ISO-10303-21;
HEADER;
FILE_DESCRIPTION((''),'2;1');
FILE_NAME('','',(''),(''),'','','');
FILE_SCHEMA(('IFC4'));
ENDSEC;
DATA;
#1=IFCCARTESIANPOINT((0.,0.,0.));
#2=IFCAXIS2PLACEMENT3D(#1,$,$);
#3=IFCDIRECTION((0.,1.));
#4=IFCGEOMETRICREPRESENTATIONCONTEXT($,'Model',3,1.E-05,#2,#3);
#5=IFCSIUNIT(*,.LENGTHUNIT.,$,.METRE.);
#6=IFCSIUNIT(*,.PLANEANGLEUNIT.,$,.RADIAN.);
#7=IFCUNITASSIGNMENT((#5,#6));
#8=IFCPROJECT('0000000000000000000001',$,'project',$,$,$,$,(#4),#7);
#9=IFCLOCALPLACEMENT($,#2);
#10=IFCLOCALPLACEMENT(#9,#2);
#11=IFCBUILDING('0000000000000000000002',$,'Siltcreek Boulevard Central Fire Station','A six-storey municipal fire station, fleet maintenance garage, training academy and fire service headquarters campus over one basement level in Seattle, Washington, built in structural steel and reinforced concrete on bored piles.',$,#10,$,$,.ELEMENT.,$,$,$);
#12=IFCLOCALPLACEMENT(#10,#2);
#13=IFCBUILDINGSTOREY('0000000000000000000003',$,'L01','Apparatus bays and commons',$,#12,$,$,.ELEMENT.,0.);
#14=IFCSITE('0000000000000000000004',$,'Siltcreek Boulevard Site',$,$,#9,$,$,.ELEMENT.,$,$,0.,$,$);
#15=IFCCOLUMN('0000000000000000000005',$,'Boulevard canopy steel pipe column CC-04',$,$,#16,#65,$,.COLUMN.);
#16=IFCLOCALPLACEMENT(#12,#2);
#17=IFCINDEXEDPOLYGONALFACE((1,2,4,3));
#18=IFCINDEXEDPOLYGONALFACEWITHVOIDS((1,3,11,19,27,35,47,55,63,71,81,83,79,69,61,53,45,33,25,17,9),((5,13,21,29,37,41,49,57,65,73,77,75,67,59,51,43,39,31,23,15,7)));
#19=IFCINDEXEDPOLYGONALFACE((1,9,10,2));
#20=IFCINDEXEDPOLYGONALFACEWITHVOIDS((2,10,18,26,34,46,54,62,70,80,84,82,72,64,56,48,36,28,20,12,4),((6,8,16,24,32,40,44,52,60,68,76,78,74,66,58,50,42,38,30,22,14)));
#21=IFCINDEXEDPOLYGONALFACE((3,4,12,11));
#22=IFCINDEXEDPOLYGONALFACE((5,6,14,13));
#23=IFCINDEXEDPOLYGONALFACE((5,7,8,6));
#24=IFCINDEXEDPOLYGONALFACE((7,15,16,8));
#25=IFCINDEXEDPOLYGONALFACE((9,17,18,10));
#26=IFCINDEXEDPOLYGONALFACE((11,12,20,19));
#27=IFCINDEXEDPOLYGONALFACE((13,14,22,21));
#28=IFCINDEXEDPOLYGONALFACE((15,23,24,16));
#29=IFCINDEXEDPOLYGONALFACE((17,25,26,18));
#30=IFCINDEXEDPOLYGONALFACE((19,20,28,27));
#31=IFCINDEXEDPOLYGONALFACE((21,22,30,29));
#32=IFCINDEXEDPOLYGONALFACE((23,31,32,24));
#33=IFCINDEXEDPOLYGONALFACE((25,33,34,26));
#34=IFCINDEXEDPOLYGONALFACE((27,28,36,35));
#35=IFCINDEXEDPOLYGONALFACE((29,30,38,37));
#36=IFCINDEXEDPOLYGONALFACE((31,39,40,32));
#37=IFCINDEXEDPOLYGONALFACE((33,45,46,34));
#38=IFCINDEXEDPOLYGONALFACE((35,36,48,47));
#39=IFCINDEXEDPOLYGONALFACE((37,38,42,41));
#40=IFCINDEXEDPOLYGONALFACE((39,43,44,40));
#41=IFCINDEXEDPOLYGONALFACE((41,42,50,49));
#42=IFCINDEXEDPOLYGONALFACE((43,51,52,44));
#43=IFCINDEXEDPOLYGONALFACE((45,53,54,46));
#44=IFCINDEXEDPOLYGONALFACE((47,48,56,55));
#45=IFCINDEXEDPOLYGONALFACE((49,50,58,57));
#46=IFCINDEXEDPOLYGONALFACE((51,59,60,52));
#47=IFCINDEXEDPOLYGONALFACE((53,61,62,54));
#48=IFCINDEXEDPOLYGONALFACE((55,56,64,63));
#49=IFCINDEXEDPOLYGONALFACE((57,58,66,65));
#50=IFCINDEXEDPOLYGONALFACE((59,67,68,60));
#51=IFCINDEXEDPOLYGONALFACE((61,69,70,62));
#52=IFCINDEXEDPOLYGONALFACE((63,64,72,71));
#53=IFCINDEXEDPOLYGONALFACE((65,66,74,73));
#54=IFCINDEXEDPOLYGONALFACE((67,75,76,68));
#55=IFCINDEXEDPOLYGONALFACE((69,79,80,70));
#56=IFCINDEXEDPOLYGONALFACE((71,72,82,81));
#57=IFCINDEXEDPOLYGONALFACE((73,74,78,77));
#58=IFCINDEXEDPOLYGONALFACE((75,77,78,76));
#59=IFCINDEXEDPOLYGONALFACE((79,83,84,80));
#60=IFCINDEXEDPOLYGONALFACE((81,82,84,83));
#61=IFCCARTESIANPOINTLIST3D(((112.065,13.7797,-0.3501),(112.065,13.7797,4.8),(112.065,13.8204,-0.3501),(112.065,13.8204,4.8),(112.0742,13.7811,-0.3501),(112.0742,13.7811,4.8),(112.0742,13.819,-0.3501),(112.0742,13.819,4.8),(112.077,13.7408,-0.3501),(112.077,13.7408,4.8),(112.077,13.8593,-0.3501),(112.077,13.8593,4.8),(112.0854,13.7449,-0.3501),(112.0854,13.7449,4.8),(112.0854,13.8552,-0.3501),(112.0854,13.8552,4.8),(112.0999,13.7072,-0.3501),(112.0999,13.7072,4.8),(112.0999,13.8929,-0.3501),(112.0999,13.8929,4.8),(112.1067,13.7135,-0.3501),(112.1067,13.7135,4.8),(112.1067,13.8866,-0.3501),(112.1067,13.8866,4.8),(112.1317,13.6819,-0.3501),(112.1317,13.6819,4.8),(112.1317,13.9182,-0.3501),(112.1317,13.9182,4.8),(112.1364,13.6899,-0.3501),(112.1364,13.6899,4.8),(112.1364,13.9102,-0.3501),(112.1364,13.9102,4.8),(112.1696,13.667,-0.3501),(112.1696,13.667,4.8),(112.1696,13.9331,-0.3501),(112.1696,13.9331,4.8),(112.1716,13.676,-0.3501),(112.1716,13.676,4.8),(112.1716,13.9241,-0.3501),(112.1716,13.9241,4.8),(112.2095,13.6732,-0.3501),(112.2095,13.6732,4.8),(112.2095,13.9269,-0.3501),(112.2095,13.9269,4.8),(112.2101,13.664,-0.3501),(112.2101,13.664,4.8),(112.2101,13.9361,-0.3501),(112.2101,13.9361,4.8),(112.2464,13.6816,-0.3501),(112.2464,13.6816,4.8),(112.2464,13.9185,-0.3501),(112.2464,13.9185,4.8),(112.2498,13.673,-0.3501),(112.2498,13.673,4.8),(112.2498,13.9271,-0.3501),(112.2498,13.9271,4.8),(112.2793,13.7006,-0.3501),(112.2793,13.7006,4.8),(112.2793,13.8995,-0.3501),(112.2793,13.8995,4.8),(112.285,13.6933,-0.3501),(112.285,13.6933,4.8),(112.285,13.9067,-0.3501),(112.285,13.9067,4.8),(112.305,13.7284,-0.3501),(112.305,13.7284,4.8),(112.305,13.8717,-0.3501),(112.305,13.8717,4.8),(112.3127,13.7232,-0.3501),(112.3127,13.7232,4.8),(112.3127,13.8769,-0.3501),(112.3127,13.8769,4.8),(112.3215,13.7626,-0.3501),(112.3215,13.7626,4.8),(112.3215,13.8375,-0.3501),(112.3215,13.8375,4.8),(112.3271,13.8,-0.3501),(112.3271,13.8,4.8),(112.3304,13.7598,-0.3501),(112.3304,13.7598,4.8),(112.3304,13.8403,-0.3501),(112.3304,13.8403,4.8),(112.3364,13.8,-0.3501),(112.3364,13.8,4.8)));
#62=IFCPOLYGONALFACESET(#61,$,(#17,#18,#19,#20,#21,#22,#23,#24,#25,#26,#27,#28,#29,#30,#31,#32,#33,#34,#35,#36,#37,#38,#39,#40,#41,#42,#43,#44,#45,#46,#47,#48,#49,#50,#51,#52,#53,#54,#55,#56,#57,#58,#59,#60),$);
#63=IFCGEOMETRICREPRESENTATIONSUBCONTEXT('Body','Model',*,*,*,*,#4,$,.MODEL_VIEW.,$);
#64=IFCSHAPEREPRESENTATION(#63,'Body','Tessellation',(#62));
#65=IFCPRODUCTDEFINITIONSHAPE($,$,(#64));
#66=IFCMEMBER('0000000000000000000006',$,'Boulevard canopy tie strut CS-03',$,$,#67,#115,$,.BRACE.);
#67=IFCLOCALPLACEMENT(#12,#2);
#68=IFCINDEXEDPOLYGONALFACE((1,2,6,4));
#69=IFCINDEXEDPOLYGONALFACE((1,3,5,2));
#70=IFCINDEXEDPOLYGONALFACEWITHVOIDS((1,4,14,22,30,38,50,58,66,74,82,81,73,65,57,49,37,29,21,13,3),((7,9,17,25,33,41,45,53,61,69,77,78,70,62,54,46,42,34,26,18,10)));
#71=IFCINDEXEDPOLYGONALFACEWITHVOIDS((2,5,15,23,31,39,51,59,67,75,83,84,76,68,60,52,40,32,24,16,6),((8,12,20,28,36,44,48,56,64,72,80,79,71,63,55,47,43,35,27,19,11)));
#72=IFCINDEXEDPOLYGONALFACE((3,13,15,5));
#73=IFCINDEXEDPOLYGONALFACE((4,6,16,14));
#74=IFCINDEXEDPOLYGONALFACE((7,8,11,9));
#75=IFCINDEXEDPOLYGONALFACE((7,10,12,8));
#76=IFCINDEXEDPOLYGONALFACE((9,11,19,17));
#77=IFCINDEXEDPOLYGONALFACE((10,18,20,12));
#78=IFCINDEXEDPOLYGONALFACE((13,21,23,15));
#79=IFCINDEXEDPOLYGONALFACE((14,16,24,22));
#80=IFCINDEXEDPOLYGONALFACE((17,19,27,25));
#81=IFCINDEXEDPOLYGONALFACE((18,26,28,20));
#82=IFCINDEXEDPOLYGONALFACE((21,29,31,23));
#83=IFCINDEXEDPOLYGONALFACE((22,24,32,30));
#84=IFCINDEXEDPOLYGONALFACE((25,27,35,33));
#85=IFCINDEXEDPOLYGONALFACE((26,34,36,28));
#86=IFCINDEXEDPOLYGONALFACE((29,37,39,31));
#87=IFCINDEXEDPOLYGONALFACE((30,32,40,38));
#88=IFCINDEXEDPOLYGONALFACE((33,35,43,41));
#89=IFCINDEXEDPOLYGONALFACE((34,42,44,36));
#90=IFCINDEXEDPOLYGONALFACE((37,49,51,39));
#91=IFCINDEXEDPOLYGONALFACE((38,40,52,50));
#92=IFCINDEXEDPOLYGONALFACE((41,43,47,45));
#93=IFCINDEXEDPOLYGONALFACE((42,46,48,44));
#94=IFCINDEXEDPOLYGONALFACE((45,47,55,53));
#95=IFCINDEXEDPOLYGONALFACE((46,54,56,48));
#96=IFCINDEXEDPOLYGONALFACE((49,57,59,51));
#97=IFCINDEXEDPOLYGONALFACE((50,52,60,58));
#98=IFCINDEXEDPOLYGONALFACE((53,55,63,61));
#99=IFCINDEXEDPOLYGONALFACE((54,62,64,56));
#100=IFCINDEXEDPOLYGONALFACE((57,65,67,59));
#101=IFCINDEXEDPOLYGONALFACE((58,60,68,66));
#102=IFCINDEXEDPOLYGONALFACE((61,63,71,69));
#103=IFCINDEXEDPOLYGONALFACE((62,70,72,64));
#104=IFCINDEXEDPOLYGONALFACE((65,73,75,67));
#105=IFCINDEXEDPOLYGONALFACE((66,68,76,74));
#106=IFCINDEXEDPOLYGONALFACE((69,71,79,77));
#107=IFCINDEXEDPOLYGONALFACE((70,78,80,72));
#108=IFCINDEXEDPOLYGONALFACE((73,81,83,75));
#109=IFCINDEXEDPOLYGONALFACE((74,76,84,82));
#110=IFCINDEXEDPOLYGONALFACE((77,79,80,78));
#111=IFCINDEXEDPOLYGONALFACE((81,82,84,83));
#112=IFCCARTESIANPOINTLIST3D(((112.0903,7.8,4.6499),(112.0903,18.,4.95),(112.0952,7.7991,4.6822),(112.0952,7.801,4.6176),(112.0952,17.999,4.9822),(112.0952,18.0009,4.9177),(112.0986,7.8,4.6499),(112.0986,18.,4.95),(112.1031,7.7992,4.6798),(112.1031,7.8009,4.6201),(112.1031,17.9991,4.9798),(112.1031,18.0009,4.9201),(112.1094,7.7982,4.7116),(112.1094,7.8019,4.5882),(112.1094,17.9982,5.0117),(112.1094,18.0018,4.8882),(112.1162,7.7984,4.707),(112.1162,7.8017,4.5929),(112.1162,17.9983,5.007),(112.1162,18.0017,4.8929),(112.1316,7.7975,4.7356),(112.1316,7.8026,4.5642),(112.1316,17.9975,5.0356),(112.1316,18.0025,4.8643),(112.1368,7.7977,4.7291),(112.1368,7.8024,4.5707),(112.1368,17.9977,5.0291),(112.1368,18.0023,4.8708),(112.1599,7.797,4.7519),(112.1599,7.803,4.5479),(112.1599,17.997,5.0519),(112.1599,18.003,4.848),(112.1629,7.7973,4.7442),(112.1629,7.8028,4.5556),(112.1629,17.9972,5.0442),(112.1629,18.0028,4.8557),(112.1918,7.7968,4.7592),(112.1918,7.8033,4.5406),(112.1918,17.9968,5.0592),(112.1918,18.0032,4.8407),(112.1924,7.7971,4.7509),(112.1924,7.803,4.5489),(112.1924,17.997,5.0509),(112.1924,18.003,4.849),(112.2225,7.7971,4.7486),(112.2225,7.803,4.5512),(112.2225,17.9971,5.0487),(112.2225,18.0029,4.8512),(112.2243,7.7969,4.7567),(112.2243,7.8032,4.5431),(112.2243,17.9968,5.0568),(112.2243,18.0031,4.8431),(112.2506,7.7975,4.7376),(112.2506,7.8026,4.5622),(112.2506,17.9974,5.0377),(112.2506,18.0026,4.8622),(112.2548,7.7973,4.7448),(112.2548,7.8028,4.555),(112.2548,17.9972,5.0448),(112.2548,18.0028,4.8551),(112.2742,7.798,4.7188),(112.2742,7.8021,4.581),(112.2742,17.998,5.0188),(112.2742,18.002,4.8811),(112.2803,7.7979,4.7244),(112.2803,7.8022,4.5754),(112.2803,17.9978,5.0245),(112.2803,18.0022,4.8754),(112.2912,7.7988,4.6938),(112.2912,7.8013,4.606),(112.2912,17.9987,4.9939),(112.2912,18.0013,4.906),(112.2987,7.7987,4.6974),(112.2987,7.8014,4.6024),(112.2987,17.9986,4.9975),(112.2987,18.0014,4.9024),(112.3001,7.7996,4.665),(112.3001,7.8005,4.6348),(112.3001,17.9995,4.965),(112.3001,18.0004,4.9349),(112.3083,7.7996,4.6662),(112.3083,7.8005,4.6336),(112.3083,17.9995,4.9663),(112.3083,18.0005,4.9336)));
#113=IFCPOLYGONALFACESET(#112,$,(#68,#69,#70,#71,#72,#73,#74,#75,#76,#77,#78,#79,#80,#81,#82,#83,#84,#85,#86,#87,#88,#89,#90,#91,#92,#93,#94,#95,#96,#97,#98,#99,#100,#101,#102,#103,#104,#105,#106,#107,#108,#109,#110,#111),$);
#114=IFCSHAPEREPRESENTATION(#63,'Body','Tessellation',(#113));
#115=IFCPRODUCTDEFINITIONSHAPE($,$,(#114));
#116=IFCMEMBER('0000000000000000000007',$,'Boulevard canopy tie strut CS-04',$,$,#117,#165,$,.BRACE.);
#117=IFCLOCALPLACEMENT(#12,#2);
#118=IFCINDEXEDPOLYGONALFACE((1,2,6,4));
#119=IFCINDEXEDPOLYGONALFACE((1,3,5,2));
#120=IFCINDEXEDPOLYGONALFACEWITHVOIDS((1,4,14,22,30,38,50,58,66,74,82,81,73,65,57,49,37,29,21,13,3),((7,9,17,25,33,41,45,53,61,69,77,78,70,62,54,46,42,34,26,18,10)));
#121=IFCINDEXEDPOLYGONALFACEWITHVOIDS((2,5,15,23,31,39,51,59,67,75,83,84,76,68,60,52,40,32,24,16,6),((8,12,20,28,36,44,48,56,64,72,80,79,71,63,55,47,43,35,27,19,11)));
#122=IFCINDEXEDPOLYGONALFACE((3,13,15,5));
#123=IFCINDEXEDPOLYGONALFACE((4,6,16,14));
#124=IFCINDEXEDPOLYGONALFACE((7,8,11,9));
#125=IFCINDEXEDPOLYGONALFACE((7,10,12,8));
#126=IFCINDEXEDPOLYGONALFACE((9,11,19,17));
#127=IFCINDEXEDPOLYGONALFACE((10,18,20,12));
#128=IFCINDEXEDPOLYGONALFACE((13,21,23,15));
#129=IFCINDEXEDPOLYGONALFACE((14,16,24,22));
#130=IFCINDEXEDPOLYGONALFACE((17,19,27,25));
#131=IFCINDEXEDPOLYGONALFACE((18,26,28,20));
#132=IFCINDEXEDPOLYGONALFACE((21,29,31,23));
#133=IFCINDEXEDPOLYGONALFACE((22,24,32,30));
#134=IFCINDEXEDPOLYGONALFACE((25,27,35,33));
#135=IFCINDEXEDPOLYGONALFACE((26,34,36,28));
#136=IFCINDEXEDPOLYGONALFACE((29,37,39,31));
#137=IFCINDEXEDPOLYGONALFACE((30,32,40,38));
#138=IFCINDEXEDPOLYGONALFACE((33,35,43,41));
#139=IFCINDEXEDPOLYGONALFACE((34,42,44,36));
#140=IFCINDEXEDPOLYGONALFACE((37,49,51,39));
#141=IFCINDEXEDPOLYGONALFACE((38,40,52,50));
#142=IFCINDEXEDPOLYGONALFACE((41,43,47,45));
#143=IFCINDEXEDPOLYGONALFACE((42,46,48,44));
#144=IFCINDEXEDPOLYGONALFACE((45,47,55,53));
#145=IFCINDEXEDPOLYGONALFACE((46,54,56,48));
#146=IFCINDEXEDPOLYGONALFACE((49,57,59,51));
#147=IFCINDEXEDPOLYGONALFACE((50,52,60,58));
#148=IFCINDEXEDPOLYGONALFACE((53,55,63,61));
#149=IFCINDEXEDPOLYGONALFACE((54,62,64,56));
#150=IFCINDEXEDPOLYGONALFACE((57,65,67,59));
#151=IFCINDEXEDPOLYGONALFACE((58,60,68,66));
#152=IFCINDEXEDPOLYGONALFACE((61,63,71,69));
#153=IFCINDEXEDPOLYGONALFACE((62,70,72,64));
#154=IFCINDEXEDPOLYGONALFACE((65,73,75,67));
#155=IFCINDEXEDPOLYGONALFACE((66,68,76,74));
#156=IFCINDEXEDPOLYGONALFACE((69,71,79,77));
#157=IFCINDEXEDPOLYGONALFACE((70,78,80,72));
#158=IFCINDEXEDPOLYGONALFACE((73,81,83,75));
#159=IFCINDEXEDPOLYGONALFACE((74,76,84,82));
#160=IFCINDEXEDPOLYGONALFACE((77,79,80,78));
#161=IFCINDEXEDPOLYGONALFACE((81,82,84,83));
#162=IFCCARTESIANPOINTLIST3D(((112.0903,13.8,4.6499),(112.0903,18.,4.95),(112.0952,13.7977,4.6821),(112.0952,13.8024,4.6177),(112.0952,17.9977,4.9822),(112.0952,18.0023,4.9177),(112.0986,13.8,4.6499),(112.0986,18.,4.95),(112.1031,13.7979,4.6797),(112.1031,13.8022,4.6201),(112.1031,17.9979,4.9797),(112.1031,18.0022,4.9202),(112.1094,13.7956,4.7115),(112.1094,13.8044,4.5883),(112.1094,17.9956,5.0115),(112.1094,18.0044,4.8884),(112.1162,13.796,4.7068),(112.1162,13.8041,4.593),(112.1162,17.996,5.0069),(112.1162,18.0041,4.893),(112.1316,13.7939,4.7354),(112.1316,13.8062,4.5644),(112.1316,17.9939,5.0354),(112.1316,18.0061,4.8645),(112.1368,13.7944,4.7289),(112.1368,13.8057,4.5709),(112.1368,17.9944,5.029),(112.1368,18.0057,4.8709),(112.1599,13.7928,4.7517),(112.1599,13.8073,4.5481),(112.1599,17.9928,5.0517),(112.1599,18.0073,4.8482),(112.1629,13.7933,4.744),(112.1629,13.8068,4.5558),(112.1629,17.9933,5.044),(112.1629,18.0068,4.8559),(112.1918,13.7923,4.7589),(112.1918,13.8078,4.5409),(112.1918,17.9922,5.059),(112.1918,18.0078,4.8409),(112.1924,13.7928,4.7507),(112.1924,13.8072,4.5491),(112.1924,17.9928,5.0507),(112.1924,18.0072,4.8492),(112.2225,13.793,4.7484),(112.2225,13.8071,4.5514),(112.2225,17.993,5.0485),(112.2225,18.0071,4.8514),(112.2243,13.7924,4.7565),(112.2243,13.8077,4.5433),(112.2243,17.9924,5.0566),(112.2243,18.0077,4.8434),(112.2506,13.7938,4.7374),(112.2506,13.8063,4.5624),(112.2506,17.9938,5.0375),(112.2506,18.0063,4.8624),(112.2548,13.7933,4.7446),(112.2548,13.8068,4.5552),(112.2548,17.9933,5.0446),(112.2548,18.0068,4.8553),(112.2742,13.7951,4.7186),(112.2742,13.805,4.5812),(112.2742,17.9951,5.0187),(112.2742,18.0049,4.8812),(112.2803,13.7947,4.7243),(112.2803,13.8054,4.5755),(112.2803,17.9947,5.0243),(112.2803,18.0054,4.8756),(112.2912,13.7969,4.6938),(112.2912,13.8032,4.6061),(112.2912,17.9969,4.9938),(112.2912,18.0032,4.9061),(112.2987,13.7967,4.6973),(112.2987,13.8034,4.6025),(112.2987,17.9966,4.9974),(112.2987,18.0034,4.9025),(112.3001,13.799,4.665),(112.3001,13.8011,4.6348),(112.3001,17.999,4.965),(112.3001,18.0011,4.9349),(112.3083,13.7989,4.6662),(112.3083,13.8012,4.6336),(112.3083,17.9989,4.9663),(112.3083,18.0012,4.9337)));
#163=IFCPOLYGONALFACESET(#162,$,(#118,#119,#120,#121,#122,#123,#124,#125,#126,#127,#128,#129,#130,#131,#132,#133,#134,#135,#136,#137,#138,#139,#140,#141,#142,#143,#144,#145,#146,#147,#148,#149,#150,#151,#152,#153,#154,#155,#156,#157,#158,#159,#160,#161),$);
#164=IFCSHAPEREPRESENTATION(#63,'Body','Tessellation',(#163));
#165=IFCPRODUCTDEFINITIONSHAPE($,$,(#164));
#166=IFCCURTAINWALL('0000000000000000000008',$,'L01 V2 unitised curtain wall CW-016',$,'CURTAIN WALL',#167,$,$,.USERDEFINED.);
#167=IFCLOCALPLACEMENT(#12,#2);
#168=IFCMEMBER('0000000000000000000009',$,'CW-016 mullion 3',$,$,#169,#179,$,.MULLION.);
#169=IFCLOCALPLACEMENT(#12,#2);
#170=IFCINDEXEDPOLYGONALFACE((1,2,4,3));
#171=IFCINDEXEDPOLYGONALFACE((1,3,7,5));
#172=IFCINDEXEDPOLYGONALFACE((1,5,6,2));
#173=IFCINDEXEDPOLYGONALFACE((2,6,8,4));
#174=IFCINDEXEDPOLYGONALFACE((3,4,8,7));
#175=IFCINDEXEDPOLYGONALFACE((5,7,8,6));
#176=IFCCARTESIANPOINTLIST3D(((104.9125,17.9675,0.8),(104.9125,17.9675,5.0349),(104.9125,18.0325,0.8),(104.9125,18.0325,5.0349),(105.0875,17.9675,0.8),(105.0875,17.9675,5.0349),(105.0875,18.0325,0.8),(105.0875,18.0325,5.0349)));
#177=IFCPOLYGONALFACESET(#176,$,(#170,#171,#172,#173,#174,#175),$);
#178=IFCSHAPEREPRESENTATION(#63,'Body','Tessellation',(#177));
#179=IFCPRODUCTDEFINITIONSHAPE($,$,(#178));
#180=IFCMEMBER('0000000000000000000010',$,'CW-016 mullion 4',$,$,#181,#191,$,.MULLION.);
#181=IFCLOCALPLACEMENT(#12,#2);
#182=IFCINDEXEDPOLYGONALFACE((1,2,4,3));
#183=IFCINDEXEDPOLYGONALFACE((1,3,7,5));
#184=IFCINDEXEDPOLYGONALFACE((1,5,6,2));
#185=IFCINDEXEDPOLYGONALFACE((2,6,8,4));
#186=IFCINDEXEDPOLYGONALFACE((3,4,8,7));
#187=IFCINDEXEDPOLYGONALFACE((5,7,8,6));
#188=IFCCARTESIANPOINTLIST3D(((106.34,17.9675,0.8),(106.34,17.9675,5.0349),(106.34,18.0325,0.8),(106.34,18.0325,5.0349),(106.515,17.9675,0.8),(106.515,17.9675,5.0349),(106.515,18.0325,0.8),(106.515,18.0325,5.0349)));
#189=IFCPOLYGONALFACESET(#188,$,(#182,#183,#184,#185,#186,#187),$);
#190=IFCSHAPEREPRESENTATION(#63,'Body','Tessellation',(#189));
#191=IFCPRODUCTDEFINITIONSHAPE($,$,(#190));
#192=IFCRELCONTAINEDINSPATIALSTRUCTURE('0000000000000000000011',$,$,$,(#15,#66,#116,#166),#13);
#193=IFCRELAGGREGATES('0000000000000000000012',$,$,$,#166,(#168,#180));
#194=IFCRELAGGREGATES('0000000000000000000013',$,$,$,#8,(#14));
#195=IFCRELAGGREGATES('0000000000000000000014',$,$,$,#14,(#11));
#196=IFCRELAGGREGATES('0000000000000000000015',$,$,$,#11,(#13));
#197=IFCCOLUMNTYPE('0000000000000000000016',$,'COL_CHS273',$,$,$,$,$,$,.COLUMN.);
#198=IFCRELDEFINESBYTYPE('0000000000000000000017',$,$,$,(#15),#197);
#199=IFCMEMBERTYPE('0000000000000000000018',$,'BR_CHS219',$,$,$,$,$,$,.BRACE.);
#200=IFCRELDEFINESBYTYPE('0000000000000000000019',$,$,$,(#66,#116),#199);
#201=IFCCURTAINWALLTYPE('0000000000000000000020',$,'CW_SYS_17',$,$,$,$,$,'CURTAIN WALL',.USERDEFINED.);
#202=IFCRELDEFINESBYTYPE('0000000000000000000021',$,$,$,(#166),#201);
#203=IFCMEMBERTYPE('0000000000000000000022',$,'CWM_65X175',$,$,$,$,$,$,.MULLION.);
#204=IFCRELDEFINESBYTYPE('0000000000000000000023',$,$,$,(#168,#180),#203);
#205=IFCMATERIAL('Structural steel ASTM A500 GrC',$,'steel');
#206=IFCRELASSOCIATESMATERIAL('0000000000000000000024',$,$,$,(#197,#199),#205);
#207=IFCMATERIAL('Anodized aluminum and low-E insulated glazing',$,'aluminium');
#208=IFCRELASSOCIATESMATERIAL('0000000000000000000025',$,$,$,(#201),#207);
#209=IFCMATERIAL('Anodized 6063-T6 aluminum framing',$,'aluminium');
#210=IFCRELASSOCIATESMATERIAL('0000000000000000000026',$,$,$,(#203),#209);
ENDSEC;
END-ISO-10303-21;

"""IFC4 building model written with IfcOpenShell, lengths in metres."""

from ifc_helpers import new_model, si_unit, direction, frame, origin, origin_2d, place, context, subcontext, project, spatial, rectangle, hollow_circle, extrude, material, material_profile, profile_set, type_object, element, aggregate, save


model = new_model("IFC4")

# Units and contexts
model_context = context("Model", 3, precision=1e-05, world=origin(), true_north=direction((0.0, 1.0)))
body_context = subcontext(model_context, "Body", "Model", "MODEL_VIEW")
ifc_project = project(units=[si_unit("LENGTHUNIT", "METRE"), si_unit("PLANEANGLEUNIT", "RADIAN")], contexts=[model_context])

# Site, building, storey
site_placement = place(None, origin())
site = spatial("IfcSite", under=ifc_project, at=site_placement, Name="Siltcreek Boulevard Site", CompositionType="ELEMENT", RefElevation=0.0)
building_placement = place(site_placement, origin())
building = spatial("IfcBuilding", under=site, at=building_placement, Name="Siltcreek Boulevard Central Fire Station", Description="A six-storey municipal fire station, fleet maintenance garage, training academy and fire service headquarters campus over one basement level in Seattle, Washington, built in structural steel and reinforced concrete on bored piles.", CompositionType="ELEMENT")
storey_placement = place(building_placement, origin())
storey = spatial("IfcBuildingStorey", under=building, at=storey_placement, Name="L01", Description="Apparatus bays and commons", CompositionType="ELEMENT", Elevation=0.0)

# Column
ifc_material_1 = material(Name="Structural steel ASTM A500 GrC", Category="steel")
ifc_material_profile_1 = material_profile(ifc_material_1, hollow_circle(Radius=0.1365, WallThickness=0.0093, at=origin_2d()), Name="HSS273.1X9.3")
ifc_profile_set_1 = profile_set([ifc_material_profile_1], Name="Structural steel ASTM A500 GrC")
column_type = type_object("IfcColumnType", Name="COL_CHS273", PredefinedType="COLUMN", material=ifc_profile_set_1)
for number, where, z_axis, x_axis, name in (
    (1, (112.2, 13.8, -0.3501), (0.0, 0.0, 1.0), (1.0, 0.0, 0.0), "Boulevard canopy steel pipe column CC-04"),
):
    element("IfcColumn", number, at=place(storey_placement, frame(where, z_axis=z_axis, x_axis=x_axis)), inside=storey, type_object=column_type, Name=name, PredefinedType="COLUMN", context=body_context, shape_type="SweptSolid", body=[
        extrude(hollow_circle(Radius=0.1365, WallThickness=0.0093, at=origin_2d()), origin(), (0.0, 0.0, 1.0), 5.1501),
    ])

# Members
ifc_material_profile_2 = material_profile(ifc_material_1, hollow_circle(Radius=0.1096, WallThickness=0.0083, at=origin_2d()), Name="HSS219.1X8.2")
ifc_profile_set_2 = profile_set([ifc_material_profile_2], Name="Structural steel ASTM A500 GrC")
member_type_1 = type_object("IfcMemberType", Name="BR_CHS219", PredefinedType="BRACE", material=ifc_profile_set_2)
member_1_placement = place(storey_placement, frame((112.2, 7.8, 4.6499), z_axis=(0.0, 0.999568, 0.029404), x_axis=(-1.0, 0.0, 0.0)))
element("IfcMember", 2, at=member_1_placement, inside=storey, type_object=member_type_1, Name="Boulevard canopy tie strut CS-03", PredefinedType="BRACE", context=body_context, shape_type="SweptSolid", body=[
    extrude(hollow_circle(Radius=0.1096, WallThickness=0.0083, at=origin_2d()), origin(), (0.0, 0.0, 1.0), 10.2043),
])
member_2_placement = place(storey_placement, frame((112.2, 13.8, 4.6499), z_axis=(0.0, 0.997458, 0.071259), x_axis=(-1.0, 0.0, 0.0)))
element("IfcMember", 3, at=member_2_placement, inside=storey, type_object=member_type_1, Name="Boulevard canopy tie strut CS-04", PredefinedType="BRACE", context=body_context, shape_type="SweptSolid", body=[
    extrude(hollow_circle(Radius=0.1096, WallThickness=0.0083, at=origin_2d()), origin(), (0.0, 0.0, 1.0), 4.2107),
])

# Curtain wall, members
ifc_material_2 = material(Name="Anodized aluminum and low-E insulated glazing", Category="aluminium")
curtain_wall_type = type_object("IfcCurtainWallType", Name="CW_SYS_17", ElementType="CURTAIN WALL", PredefinedType="USERDEFINED", material=ifc_material_2)
curtain_wall_placement = place(storey_placement, origin())
curtain_wall = element("IfcCurtainWall", 4, at=curtain_wall_placement, inside=storey, type_object=curtain_wall_type, Name="L01 V2 unitised curtain wall CW-016", ObjectType="CURTAIN WALL", PredefinedType="USERDEFINED")
ifc_material_3 = material(Name="Anodized 6063-T6 aluminum framing", Category="aluminium")
ifc_material_profile_3 = material_profile(ifc_material_3, rectangle(XDim=0.0649, YDim=0.175, at=origin_2d()), Name="MULL65X175")
ifc_profile_set_3 = profile_set([ifc_material_profile_3], Name="Anodized 6063-T6 aluminum framing")
member_type_2 = type_object("IfcMemberType", Name="CWM_65X175", PredefinedType="MULLION", material=ifc_profile_set_3)
member_3_placement = place(storey_placement, frame((105.0, 18.0, 0.8), z_axis=(0.0, 0.0, 1.0), x_axis=(0.0, 1.0, 0.0)))
member_3 = element("IfcMember", 5, at=member_3_placement, type_object=member_type_2, Name="CW-016 mullion 3", PredefinedType="MULLION", context=body_context, shape_type="SweptSolid", body=[
    extrude(rectangle(XDim=0.0649, YDim=0.175, at=origin_2d()), origin(), (0.0, 0.0, 1.0), 4.2349),
])
member_4_placement = place(storey_placement, frame((106.4275, 18.0, 0.8), z_axis=(0.0, 0.0, 1.0), x_axis=(0.0, 1.0, 0.0)))
member_4 = element("IfcMember", 6, at=member_4_placement, type_object=member_type_2, Name="CW-016 mullion 4", PredefinedType="MULLION", context=body_context, shape_type="SweptSolid", body=[
    extrude(rectangle(XDim=0.0649, YDim=0.175, at=origin_2d()), origin(), (0.0, 0.0, 1.0), 4.2349),
])
aggregate(curtain_wall, [member_3, member_4])

save(model, "model.ifc")
